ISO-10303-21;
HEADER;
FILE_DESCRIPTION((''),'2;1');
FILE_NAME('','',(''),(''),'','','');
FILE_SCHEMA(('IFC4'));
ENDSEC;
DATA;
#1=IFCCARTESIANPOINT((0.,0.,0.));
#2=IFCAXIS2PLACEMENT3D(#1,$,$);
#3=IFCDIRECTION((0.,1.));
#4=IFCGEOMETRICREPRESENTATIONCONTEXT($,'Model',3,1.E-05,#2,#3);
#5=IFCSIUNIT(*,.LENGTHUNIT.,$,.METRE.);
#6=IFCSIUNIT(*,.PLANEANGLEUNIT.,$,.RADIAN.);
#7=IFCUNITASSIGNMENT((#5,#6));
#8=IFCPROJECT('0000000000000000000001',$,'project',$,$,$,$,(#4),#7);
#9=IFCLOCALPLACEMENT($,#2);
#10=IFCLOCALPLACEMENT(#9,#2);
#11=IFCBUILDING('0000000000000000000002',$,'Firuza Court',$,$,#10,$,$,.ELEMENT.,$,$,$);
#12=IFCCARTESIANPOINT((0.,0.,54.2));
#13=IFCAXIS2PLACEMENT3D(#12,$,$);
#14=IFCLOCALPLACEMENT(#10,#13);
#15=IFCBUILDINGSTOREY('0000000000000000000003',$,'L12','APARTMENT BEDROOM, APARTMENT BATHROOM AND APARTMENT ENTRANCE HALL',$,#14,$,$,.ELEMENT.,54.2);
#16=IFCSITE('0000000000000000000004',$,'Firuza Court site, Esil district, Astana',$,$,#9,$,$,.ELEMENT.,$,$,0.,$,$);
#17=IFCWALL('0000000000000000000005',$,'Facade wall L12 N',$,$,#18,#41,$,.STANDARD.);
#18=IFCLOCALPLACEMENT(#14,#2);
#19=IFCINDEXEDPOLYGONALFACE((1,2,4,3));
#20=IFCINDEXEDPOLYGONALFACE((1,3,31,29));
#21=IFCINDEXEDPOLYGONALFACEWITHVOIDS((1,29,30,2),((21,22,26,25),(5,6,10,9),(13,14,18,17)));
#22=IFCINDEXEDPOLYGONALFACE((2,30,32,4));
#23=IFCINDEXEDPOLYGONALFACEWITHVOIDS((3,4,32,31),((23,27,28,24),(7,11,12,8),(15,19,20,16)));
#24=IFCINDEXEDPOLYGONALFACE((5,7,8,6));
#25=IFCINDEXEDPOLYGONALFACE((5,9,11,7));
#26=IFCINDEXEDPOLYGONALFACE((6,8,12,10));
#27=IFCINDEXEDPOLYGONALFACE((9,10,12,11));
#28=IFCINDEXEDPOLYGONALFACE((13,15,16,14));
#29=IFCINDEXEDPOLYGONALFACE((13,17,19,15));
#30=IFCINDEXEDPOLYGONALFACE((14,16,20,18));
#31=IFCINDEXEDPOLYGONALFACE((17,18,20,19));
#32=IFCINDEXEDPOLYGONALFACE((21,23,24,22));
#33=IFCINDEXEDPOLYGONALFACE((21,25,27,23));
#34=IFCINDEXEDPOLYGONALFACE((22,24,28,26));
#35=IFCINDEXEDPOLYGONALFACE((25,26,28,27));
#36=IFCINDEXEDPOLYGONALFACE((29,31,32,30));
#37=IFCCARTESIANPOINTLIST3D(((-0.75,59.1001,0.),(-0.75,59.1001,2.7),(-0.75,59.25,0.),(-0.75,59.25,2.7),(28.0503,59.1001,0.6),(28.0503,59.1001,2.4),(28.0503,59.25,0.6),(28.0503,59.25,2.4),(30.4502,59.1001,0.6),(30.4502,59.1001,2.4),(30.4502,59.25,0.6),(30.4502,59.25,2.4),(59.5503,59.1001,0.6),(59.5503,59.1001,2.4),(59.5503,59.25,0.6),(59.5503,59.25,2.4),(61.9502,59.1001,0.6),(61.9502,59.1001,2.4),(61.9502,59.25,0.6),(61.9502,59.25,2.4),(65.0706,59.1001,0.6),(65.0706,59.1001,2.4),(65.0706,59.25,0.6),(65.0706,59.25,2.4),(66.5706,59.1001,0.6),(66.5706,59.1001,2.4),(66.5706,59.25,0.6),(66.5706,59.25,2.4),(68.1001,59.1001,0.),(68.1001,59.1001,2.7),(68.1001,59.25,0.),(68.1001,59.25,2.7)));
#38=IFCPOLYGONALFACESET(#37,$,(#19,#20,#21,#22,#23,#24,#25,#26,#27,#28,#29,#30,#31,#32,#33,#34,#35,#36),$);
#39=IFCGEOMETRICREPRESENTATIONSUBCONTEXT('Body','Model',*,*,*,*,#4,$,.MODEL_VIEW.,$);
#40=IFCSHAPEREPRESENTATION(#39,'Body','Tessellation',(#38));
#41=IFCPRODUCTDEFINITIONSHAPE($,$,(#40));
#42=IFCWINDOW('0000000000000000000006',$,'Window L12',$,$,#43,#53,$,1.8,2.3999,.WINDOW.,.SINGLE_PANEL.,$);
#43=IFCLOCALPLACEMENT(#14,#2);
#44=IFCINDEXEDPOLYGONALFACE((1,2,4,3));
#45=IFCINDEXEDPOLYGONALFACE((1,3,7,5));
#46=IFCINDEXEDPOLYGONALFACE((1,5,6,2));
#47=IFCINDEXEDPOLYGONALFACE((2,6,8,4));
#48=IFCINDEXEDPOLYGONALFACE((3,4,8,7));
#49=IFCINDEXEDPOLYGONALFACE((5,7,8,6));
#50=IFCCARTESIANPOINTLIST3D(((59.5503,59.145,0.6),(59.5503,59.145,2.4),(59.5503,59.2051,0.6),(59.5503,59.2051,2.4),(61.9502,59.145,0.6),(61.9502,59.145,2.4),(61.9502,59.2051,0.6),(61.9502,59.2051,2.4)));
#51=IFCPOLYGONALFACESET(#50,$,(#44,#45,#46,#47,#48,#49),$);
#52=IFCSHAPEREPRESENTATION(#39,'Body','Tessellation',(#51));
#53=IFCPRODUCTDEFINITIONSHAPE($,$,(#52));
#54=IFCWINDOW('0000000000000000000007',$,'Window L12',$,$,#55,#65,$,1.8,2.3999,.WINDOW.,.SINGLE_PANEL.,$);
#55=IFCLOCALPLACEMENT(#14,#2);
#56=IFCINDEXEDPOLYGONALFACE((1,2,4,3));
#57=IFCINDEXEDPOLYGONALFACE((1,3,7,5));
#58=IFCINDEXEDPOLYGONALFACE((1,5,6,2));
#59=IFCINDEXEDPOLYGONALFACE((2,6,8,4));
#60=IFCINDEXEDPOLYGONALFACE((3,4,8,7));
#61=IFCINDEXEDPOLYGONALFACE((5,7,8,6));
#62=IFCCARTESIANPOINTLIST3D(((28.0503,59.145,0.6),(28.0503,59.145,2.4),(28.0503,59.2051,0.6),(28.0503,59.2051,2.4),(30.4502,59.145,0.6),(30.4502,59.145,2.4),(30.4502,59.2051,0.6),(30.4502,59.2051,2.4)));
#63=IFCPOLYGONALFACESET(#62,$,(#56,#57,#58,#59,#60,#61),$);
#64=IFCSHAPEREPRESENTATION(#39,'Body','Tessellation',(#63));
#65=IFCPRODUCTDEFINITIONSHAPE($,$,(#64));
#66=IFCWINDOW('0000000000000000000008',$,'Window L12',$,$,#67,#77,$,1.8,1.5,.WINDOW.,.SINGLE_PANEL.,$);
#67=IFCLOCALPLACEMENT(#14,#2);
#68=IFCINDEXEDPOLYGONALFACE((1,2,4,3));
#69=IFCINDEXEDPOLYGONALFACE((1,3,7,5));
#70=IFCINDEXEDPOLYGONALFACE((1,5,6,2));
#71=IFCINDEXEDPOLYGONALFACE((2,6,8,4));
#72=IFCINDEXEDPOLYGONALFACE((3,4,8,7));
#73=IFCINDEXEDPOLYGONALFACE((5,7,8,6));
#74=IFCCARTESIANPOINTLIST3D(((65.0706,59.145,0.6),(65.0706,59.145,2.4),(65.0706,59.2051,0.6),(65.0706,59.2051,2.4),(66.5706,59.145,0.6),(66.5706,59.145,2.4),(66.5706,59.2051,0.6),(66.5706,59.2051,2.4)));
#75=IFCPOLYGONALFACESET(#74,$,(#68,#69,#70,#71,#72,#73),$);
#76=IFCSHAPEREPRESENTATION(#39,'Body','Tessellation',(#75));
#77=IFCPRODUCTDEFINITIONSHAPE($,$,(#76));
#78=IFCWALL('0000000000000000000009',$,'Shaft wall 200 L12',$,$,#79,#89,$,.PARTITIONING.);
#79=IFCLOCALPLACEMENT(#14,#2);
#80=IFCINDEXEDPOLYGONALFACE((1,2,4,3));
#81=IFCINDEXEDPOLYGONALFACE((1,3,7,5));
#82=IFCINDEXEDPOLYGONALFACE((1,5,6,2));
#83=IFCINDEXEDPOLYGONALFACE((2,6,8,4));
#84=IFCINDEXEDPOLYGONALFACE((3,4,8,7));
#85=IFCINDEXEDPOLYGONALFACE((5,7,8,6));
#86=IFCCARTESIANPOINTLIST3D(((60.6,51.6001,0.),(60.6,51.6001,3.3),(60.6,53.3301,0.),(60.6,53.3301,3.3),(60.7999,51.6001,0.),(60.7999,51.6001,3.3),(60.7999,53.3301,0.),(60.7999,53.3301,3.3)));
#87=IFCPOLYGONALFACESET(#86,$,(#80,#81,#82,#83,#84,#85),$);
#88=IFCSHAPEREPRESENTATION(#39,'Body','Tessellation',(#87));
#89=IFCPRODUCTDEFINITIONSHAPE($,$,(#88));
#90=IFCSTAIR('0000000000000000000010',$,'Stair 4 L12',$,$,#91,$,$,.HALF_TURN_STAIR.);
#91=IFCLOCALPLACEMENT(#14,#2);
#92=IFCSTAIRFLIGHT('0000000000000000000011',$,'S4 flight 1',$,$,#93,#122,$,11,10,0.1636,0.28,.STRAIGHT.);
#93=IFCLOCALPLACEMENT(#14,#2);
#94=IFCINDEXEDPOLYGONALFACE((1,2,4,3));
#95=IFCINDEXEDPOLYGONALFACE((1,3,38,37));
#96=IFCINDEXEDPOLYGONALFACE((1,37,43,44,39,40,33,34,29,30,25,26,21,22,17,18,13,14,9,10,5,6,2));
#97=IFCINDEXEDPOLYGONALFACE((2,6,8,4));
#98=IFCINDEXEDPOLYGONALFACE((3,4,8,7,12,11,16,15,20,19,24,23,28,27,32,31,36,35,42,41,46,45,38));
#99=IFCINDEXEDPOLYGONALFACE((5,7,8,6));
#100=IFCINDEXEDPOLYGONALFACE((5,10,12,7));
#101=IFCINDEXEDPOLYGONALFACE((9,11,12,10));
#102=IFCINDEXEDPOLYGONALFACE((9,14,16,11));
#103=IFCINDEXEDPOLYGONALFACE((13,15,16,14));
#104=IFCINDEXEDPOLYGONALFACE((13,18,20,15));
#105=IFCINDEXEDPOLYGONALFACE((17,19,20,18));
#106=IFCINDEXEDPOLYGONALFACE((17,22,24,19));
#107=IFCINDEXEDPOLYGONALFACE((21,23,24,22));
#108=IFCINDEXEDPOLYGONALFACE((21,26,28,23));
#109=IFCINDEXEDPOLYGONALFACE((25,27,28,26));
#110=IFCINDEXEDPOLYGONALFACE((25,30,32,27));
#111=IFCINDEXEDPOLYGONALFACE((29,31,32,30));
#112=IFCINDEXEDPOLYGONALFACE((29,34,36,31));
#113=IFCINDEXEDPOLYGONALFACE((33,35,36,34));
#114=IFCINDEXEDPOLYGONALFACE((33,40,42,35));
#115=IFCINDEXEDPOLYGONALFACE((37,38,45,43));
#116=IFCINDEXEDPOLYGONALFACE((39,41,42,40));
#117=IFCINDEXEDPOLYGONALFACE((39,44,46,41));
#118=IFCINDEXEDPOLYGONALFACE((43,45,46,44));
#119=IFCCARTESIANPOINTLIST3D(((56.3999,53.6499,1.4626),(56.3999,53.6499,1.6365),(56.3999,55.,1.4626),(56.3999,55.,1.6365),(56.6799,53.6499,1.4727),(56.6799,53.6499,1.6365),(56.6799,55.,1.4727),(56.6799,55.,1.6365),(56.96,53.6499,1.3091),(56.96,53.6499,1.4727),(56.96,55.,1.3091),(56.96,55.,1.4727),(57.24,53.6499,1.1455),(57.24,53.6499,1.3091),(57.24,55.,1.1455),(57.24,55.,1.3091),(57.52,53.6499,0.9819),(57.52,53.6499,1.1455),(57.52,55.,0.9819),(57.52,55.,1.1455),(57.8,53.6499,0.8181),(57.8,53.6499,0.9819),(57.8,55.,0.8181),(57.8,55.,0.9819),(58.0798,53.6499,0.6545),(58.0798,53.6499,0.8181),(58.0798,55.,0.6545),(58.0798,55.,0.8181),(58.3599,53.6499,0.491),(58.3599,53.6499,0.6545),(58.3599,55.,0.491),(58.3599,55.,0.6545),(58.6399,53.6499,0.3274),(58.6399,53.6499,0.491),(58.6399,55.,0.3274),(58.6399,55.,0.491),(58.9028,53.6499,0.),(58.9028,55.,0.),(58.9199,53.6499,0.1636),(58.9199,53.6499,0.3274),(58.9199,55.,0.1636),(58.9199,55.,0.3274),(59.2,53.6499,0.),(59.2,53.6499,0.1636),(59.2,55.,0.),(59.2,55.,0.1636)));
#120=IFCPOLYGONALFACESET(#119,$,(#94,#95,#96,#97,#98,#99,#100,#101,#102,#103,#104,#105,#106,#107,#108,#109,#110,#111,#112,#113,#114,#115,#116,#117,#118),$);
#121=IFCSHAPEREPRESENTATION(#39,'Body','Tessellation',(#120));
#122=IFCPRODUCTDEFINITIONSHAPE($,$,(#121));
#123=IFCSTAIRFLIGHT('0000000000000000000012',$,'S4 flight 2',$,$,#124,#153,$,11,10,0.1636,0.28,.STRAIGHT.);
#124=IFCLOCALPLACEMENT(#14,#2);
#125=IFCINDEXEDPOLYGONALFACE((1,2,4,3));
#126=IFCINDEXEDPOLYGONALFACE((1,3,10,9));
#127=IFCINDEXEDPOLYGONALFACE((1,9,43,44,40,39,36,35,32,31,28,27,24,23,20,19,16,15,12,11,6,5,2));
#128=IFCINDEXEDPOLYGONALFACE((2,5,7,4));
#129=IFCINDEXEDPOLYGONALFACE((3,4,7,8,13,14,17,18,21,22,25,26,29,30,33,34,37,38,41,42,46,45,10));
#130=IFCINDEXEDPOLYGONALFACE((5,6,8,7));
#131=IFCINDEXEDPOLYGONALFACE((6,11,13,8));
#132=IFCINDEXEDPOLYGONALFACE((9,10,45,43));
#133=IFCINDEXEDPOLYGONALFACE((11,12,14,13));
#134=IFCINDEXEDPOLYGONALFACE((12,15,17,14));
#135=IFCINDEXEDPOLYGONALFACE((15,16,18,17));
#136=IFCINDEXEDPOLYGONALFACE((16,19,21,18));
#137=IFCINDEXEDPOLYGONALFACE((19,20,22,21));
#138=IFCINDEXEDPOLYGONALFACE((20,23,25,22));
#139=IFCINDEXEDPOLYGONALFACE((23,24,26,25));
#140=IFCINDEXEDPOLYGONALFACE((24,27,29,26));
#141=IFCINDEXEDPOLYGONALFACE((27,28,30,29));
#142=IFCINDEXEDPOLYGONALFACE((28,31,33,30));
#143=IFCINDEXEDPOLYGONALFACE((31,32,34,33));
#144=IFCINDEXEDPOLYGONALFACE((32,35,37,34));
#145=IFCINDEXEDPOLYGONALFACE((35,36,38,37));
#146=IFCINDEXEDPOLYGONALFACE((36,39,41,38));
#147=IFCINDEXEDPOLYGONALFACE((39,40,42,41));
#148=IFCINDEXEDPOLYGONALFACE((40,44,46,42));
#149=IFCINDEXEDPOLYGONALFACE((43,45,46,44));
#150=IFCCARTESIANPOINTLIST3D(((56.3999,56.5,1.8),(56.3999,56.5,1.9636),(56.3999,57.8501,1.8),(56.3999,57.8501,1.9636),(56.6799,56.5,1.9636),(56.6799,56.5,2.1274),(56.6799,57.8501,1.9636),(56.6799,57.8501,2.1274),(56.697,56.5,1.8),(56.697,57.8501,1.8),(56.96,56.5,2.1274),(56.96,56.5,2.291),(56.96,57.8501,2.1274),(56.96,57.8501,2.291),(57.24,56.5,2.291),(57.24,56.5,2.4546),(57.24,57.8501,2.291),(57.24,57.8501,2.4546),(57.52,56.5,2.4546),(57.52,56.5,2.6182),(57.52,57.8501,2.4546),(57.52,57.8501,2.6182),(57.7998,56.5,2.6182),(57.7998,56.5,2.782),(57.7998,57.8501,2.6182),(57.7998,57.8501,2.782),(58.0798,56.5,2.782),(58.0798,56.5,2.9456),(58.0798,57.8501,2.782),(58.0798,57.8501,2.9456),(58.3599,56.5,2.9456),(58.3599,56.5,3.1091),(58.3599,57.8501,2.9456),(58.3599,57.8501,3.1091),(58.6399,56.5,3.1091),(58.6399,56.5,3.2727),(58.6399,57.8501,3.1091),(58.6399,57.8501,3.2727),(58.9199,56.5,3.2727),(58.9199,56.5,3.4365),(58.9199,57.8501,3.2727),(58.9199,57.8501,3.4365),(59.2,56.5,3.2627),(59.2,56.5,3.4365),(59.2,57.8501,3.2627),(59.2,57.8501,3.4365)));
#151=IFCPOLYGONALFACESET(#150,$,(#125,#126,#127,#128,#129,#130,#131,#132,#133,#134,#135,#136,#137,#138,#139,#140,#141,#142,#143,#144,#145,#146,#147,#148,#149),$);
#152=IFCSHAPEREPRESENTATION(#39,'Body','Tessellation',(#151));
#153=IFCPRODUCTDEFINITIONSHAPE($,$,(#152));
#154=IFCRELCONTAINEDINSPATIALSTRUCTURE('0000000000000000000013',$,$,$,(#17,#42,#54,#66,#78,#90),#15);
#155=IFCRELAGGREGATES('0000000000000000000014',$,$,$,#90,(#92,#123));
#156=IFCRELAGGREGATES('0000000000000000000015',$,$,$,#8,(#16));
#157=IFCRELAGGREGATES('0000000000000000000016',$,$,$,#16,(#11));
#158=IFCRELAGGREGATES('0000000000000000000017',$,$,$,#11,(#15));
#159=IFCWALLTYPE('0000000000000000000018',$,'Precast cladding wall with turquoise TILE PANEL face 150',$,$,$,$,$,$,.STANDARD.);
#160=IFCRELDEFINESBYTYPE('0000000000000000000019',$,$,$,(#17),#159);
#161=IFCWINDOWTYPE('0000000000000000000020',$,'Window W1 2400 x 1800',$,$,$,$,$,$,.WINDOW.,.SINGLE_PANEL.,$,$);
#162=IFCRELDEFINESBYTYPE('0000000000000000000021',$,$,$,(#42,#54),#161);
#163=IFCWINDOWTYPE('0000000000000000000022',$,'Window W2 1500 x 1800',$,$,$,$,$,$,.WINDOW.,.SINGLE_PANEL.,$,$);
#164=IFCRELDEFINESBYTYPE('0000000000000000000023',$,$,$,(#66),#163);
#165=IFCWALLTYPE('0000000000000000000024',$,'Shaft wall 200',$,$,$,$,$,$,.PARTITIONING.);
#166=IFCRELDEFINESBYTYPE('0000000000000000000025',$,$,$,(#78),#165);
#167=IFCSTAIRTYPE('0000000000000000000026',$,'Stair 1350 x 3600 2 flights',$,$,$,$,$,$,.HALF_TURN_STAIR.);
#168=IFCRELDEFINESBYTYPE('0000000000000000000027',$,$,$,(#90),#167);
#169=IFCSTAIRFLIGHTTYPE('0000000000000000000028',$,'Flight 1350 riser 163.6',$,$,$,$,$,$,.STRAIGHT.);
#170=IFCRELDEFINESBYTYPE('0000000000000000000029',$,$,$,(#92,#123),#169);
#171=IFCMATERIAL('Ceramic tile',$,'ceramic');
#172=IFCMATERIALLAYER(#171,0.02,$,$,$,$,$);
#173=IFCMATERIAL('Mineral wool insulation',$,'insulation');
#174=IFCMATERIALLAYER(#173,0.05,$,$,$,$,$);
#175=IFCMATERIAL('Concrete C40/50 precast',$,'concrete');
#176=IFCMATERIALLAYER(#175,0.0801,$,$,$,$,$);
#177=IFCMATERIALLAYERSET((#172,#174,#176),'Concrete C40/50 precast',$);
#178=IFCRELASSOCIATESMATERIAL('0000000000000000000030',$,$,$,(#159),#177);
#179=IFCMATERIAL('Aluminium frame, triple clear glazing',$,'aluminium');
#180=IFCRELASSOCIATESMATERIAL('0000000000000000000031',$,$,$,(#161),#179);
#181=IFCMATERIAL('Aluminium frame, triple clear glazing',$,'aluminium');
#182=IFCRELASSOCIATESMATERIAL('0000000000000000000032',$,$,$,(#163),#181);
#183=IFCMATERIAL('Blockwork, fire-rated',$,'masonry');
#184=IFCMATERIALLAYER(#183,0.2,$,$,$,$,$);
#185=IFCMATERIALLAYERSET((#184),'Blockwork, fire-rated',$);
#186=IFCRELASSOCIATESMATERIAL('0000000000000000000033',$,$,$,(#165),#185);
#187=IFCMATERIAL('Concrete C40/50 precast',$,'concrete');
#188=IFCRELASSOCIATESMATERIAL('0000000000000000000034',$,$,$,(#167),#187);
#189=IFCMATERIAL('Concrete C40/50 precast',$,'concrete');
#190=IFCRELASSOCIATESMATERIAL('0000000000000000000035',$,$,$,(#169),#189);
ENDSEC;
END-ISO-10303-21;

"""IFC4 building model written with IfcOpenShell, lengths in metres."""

from ifc_helpers import new_model, si_unit, direction, frame, frame_2d, origin, place, context, subcontext, project, spatial, polyline, rectangle, outline, extrude, material, layer, layer_set, type_object, element, fill, aggregate, save


model = new_model("IFC4")

# Units and contexts
model_context = context("Model", 3, precision=1e-05, world=origin(), true_north=direction((0.0, 1.0)))
body_context = subcontext(model_context, "Body", "Model", "MODEL_VIEW")
ifc_project = project(units=[si_unit("LENGTHUNIT", "METRE"), si_unit("PLANEANGLEUNIT", "RADIAN")], contexts=[model_context])

# Site, building, storey
site_placement = place(None, origin())
site = spatial("IfcSite", under=ifc_project, at=site_placement, Name="Firuza Court site, Esil district, Astana", CompositionType="ELEMENT", RefElevation=0.0)
building_placement = place(site_placement, origin())
building = spatial("IfcBuilding", under=site, at=building_placement, Name="Firuza Court", CompositionType="ELEMENT")
storey_placement = place(building_placement, frame((0.0, 0.0, 54.2)))
storey = spatial("IfcBuildingStorey", under=building, at=storey_placement, Name="L12", Description="APARTMENT BEDROOM, APARTMENT BATHROOM AND APARTMENT ENTRANCE HALL", CompositionType="ELEMENT", Elevation=54.2)

# Wall, openings, windows
ifc_material_1 = material(Name="Ceramic tile", Category="ceramic")
ifc_layer_1 = layer(ifc_material_1, 0.02)
ifc_material_2 = material(Name="Mineral wool insulation", Category="insulation")
ifc_layer_2 = layer(ifc_material_2, 0.05)
ifc_material_3 = material(Name="Concrete C40/50 precast", Category="concrete")
ifc_layer_3 = layer(ifc_material_3, 0.0801)
ifc_layer_set_1 = layer_set([ifc_layer_1, ifc_layer_2, ifc_layer_3], Name="Concrete C40/50 precast")
wall_type_1 = type_object("IfcWallType", Name="Precast cladding wall with turquoise TILE PANEL face 150", PredefinedType="STANDARD", material=ifc_layer_set_1)
wall_1_placement = place(storey_placement, frame((68.1001, 59.175, 0.0), z_axis=(0.0, 0.0, 1.0), x_axis=(-1.0, 0.0, 0.0)))
wall_1 = element("IfcWall", 1, at=wall_1_placement, inside=storey, type_object=wall_type_1, Name="Facade wall L12 N", PredefinedType="STANDARD", context=body_context, shape_type="SweptSolid", body=[
    extrude(rectangle(XDim=68.8501, YDim=0.1499, at=frame_2d((34.425, 0.0))), origin(), (0.0, 0.0, 1.0), 2.7),
])
opening_1_placement = place(wall_1_placement, frame((1.5295, 0.0, 0.6001)))
opening_1 = element("IfcOpeningElement", 2, at=opening_1_placement, cuts=wall_1, PredefinedType="OPENING", context=body_context, shape_type="SweptSolid", body=[
    extrude(rectangle(XDim=1.5, YDim=1.8, at=frame_2d((0.75, 0.8999))), frame((0.0, 0.0869, 0.0), z_axis=(0.0, -1.0, 0.0), x_axis=(1.0, 0.0, 0.0)), (0.0, 0.0, 1.0), 0.1738),
])
opening_2_placement = place(wall_1_placement, frame((6.1499, 0.0, 0.6001)))
opening_2 = element("IfcOpeningElement", 3, at=opening_2_placement, cuts=wall_1, PredefinedType="OPENING", context=body_context, shape_type="SweptSolid", body=[
    extrude(rectangle(XDim=2.3999, YDim=1.8, at=frame_2d((1.2, 0.8999))), frame((0.0, 0.0869, 0.0), z_axis=(0.0, -1.0, 0.0), x_axis=(1.0, 0.0, 0.0)), (0.0, 0.0, 1.0), 0.1738),
])
opening_3_placement = place(wall_1_placement, frame((37.6499, 0.0, 0.6001)))
opening_3 = element("IfcOpeningElement", 4, at=opening_3_placement, cuts=wall_1, PredefinedType="OPENING", context=body_context, shape_type="SweptSolid", body=[
    extrude(rectangle(XDim=2.3999, YDim=1.8, at=frame_2d((1.2, 0.8999))), frame((0.0, 0.0869, 0.0), z_axis=(0.0, -1.0, 0.0), x_axis=(1.0, 0.0, 0.0)), (0.0, 0.0, 1.0), 0.1738),
])
ifc_material_4 = material(Name="Aluminium frame, triple clear glazing", Category="aluminium")
window_type_1 = type_object("IfcWindowType", Name="Window W1 2400 x 1800", PartitioningType="SINGLE_PANEL", PredefinedType="WINDOW", material=ifc_material_4)
window_1_placement = place(opening_2_placement, origin())
window_1 = element("IfcWindow", 5, at=window_1_placement, inside=storey, type_object=window_type_1, Name="Window L12", OverallHeight=1.8, OverallWidth=2.3999, PartitioningType="SINGLE_PANEL", PredefinedType="WINDOW", context=body_context, shape_type="SweptSolid", body=[
    extrude(rectangle(XDim=2.3999, YDim=1.8, at=frame_2d((1.2, 0.8999))), frame((0.0, 0.03, 0.0), z_axis=(0.0, -1.0, 0.0), x_axis=(1.0, 0.0, 0.0)), (0.0, 0.0, 1.0), 0.0601),
])
fill(opening_2, window_1)
window_2_placement = place(opening_3_placement, origin())
window_2 = element("IfcWindow", 6, at=window_2_placement, inside=storey, type_object=window_type_1, Name="Window L12", OverallHeight=1.8, OverallWidth=2.3999, PartitioningType="SINGLE_PANEL", PredefinedType="WINDOW", context=body_context, shape_type="SweptSolid", body=[
    extrude(rectangle(XDim=2.3999, YDim=1.8, at=frame_2d((1.2, 0.8999))), frame((0.0, 0.03, 0.0), z_axis=(0.0, -1.0, 0.0), x_axis=(1.0, 0.0, 0.0)), (0.0, 0.0, 1.0), 0.0601),
])
fill(opening_3, window_2)
ifc_material_5 = material(Name="Aluminium frame, triple clear glazing", Category="aluminium")
window_type_2 = type_object("IfcWindowType", Name="Window W2 1500 x 1800", PartitioningType="SINGLE_PANEL", PredefinedType="WINDOW", material=ifc_material_5)
window_3_placement = place(opening_1_placement, origin())
window_3 = element("IfcWindow", 7, at=window_3_placement, inside=storey, type_object=window_type_2, Name="Window L12", OverallHeight=1.8, OverallWidth=1.5, PartitioningType="SINGLE_PANEL", PredefinedType="WINDOW", context=body_context, shape_type="SweptSolid", body=[
    extrude(rectangle(XDim=1.5, YDim=1.8, at=frame_2d((0.75, 0.8999))), frame((0.0, 0.03, 0.0), z_axis=(0.0, -1.0, 0.0), x_axis=(1.0, 0.0, 0.0)), (0.0, 0.0, 1.0), 0.0601),
])
fill(opening_1, window_3)

# Wall
ifc_material_6 = material(Name="Blockwork, fire-rated", Category="masonry")
ifc_layer_4 = layer(ifc_material_6, 0.2)
ifc_layer_set_2 = layer_set([ifc_layer_4], Name="Blockwork, fire-rated")
wall_type_2 = type_object("IfcWallType", Name="Shaft wall 200", PredefinedType="PARTITIONING", material=ifc_layer_set_2)
wall_2_placement = place(storey_placement, frame((60.7, 51.6001, 0.0), z_axis=(0.0, 0.0, 1.0), x_axis=(0.0, 1.0, 0.0)))
element("IfcWall", 8, at=wall_2_placement, inside=storey, type_object=wall_type_2, Name="Shaft wall 200 L12", PredefinedType="PARTITIONING", context=body_context, shape_type="SweptSolid", body=[
    extrude(rectangle(XDim=1.73, YDim=0.2, at=frame_2d((0.865, 0.0))), origin(), (0.0, 0.0, 1.0), 3.3),
])

# Stair, stair flights
ifc_material_7 = material(Name="Concrete C40/50 precast", Category="concrete")
stair_type = type_object("IfcStairType", Name="Stair 1350 x 3600 2 flights", PredefinedType="HALF_TURN_STAIR", material=ifc_material_7)
stair_placement = place(storey_placement, origin())
stair = element("IfcStair", 9, at=stair_placement, inside=storey, type_object=stair_type, Name="Stair 4 L12", PredefinedType="HALF_TURN_STAIR")
ifc_material_8 = material(Name="Concrete C40/50 precast", Category="concrete")
stair_flight_type = type_object("IfcStairFlightType", Name="Flight 1350 riser 163.6", PredefinedType="STRAIGHT", material=ifc_material_8)
stair_flight_1_placement = place(storey_placement, frame((59.2, 54.325, 0.0), z_axis=(0.0, 0.0, 1.0), x_axis=(-1.0, 0.0, 0.0)))
stair_flight_1 = element("IfcStairFlight", 10, at=stair_flight_1_placement, type_object=stair_flight_type, Name="S4 flight 1", NumberOfRisers=11, NumberOfTreads=10, PredefinedType="STRAIGHT", RiserHeight=0.1636, TreadLength=0.28, context=body_context, shape_type="SweptSolid", body=[
    extrude(outline(polyline([(0.0, 0.0), (0.0, 0.1636), (0.28, 0.1636), (0.28, 0.3274), (0.5601, 0.3274), (0.5601, 0.491), (0.8401, 0.491), (0.8401, 0.6545), (1.1201, 0.6545), (1.1201, 0.8181), (1.3999, 0.8181), (1.3999, 0.9819), (1.6799, 0.9819), (1.6799, 1.1455), (1.96, 1.1455), (1.96, 1.3091), (2.24, 1.3091), (2.24, 1.4727), (2.52, 1.4727), (2.52, 1.6365), (2.8, 1.6365), (2.8, 1.8), (2.8, 1.4626), (0.2971, 0.0), (0.0, 0.0)])), frame((0.0, 0.675, 0.0), z_axis=(0.0, -1.0, 0.0), x_axis=(1.0, 0.0, 0.0)), (0.0, 0.0, 1.0), 1.3501),
])
stair_flight_2_placement = place(storey_placement, frame((56.3999, 57.175, 1.8), z_axis=(0.0, 0.0, 1.0), x_axis=(1.0, 0.0, 0.0)))
stair_flight_2 = element("IfcStairFlight", 11, at=stair_flight_2_placement, type_object=stair_flight_type, Name="S4 flight 2", NumberOfRisers=11, NumberOfTreads=10, PredefinedType="STRAIGHT", RiserHeight=0.1636, TreadLength=0.28, context=body_context, shape_type="SweptSolid", body=[
    extrude(outline(polyline([(0.0, 0.0), (0.0, 0.1636), (0.28, 0.1636), (0.28, 0.3274), (0.5601, 0.3274), (0.5601, 0.491), (0.8401, 0.491), (0.8401, 0.6545), (1.1201, 0.6545), (1.1201, 0.8181), (1.3999, 0.8181), (1.3999, 0.9819), (1.6799, 0.9819), (1.6799, 1.1455), (1.96, 1.1455), (1.96, 1.3091), (2.24, 1.3091), (2.24, 1.4727), (2.52, 1.4727), (2.52, 1.6365), (2.8, 1.6365), (2.8, 1.8), (2.8, 1.4626), (0.2971, 0.0), (0.0, 0.0)])), frame((0.0, 0.675, 0.0), z_axis=(0.0, -1.0, 0.0), x_axis=(1.0, 0.0, 0.0)), (0.0, 0.0, 1.0), 1.3501),
])
aggregate(stair, [stair_flight_1, stair_flight_2])

save(model, "model.ifc")
